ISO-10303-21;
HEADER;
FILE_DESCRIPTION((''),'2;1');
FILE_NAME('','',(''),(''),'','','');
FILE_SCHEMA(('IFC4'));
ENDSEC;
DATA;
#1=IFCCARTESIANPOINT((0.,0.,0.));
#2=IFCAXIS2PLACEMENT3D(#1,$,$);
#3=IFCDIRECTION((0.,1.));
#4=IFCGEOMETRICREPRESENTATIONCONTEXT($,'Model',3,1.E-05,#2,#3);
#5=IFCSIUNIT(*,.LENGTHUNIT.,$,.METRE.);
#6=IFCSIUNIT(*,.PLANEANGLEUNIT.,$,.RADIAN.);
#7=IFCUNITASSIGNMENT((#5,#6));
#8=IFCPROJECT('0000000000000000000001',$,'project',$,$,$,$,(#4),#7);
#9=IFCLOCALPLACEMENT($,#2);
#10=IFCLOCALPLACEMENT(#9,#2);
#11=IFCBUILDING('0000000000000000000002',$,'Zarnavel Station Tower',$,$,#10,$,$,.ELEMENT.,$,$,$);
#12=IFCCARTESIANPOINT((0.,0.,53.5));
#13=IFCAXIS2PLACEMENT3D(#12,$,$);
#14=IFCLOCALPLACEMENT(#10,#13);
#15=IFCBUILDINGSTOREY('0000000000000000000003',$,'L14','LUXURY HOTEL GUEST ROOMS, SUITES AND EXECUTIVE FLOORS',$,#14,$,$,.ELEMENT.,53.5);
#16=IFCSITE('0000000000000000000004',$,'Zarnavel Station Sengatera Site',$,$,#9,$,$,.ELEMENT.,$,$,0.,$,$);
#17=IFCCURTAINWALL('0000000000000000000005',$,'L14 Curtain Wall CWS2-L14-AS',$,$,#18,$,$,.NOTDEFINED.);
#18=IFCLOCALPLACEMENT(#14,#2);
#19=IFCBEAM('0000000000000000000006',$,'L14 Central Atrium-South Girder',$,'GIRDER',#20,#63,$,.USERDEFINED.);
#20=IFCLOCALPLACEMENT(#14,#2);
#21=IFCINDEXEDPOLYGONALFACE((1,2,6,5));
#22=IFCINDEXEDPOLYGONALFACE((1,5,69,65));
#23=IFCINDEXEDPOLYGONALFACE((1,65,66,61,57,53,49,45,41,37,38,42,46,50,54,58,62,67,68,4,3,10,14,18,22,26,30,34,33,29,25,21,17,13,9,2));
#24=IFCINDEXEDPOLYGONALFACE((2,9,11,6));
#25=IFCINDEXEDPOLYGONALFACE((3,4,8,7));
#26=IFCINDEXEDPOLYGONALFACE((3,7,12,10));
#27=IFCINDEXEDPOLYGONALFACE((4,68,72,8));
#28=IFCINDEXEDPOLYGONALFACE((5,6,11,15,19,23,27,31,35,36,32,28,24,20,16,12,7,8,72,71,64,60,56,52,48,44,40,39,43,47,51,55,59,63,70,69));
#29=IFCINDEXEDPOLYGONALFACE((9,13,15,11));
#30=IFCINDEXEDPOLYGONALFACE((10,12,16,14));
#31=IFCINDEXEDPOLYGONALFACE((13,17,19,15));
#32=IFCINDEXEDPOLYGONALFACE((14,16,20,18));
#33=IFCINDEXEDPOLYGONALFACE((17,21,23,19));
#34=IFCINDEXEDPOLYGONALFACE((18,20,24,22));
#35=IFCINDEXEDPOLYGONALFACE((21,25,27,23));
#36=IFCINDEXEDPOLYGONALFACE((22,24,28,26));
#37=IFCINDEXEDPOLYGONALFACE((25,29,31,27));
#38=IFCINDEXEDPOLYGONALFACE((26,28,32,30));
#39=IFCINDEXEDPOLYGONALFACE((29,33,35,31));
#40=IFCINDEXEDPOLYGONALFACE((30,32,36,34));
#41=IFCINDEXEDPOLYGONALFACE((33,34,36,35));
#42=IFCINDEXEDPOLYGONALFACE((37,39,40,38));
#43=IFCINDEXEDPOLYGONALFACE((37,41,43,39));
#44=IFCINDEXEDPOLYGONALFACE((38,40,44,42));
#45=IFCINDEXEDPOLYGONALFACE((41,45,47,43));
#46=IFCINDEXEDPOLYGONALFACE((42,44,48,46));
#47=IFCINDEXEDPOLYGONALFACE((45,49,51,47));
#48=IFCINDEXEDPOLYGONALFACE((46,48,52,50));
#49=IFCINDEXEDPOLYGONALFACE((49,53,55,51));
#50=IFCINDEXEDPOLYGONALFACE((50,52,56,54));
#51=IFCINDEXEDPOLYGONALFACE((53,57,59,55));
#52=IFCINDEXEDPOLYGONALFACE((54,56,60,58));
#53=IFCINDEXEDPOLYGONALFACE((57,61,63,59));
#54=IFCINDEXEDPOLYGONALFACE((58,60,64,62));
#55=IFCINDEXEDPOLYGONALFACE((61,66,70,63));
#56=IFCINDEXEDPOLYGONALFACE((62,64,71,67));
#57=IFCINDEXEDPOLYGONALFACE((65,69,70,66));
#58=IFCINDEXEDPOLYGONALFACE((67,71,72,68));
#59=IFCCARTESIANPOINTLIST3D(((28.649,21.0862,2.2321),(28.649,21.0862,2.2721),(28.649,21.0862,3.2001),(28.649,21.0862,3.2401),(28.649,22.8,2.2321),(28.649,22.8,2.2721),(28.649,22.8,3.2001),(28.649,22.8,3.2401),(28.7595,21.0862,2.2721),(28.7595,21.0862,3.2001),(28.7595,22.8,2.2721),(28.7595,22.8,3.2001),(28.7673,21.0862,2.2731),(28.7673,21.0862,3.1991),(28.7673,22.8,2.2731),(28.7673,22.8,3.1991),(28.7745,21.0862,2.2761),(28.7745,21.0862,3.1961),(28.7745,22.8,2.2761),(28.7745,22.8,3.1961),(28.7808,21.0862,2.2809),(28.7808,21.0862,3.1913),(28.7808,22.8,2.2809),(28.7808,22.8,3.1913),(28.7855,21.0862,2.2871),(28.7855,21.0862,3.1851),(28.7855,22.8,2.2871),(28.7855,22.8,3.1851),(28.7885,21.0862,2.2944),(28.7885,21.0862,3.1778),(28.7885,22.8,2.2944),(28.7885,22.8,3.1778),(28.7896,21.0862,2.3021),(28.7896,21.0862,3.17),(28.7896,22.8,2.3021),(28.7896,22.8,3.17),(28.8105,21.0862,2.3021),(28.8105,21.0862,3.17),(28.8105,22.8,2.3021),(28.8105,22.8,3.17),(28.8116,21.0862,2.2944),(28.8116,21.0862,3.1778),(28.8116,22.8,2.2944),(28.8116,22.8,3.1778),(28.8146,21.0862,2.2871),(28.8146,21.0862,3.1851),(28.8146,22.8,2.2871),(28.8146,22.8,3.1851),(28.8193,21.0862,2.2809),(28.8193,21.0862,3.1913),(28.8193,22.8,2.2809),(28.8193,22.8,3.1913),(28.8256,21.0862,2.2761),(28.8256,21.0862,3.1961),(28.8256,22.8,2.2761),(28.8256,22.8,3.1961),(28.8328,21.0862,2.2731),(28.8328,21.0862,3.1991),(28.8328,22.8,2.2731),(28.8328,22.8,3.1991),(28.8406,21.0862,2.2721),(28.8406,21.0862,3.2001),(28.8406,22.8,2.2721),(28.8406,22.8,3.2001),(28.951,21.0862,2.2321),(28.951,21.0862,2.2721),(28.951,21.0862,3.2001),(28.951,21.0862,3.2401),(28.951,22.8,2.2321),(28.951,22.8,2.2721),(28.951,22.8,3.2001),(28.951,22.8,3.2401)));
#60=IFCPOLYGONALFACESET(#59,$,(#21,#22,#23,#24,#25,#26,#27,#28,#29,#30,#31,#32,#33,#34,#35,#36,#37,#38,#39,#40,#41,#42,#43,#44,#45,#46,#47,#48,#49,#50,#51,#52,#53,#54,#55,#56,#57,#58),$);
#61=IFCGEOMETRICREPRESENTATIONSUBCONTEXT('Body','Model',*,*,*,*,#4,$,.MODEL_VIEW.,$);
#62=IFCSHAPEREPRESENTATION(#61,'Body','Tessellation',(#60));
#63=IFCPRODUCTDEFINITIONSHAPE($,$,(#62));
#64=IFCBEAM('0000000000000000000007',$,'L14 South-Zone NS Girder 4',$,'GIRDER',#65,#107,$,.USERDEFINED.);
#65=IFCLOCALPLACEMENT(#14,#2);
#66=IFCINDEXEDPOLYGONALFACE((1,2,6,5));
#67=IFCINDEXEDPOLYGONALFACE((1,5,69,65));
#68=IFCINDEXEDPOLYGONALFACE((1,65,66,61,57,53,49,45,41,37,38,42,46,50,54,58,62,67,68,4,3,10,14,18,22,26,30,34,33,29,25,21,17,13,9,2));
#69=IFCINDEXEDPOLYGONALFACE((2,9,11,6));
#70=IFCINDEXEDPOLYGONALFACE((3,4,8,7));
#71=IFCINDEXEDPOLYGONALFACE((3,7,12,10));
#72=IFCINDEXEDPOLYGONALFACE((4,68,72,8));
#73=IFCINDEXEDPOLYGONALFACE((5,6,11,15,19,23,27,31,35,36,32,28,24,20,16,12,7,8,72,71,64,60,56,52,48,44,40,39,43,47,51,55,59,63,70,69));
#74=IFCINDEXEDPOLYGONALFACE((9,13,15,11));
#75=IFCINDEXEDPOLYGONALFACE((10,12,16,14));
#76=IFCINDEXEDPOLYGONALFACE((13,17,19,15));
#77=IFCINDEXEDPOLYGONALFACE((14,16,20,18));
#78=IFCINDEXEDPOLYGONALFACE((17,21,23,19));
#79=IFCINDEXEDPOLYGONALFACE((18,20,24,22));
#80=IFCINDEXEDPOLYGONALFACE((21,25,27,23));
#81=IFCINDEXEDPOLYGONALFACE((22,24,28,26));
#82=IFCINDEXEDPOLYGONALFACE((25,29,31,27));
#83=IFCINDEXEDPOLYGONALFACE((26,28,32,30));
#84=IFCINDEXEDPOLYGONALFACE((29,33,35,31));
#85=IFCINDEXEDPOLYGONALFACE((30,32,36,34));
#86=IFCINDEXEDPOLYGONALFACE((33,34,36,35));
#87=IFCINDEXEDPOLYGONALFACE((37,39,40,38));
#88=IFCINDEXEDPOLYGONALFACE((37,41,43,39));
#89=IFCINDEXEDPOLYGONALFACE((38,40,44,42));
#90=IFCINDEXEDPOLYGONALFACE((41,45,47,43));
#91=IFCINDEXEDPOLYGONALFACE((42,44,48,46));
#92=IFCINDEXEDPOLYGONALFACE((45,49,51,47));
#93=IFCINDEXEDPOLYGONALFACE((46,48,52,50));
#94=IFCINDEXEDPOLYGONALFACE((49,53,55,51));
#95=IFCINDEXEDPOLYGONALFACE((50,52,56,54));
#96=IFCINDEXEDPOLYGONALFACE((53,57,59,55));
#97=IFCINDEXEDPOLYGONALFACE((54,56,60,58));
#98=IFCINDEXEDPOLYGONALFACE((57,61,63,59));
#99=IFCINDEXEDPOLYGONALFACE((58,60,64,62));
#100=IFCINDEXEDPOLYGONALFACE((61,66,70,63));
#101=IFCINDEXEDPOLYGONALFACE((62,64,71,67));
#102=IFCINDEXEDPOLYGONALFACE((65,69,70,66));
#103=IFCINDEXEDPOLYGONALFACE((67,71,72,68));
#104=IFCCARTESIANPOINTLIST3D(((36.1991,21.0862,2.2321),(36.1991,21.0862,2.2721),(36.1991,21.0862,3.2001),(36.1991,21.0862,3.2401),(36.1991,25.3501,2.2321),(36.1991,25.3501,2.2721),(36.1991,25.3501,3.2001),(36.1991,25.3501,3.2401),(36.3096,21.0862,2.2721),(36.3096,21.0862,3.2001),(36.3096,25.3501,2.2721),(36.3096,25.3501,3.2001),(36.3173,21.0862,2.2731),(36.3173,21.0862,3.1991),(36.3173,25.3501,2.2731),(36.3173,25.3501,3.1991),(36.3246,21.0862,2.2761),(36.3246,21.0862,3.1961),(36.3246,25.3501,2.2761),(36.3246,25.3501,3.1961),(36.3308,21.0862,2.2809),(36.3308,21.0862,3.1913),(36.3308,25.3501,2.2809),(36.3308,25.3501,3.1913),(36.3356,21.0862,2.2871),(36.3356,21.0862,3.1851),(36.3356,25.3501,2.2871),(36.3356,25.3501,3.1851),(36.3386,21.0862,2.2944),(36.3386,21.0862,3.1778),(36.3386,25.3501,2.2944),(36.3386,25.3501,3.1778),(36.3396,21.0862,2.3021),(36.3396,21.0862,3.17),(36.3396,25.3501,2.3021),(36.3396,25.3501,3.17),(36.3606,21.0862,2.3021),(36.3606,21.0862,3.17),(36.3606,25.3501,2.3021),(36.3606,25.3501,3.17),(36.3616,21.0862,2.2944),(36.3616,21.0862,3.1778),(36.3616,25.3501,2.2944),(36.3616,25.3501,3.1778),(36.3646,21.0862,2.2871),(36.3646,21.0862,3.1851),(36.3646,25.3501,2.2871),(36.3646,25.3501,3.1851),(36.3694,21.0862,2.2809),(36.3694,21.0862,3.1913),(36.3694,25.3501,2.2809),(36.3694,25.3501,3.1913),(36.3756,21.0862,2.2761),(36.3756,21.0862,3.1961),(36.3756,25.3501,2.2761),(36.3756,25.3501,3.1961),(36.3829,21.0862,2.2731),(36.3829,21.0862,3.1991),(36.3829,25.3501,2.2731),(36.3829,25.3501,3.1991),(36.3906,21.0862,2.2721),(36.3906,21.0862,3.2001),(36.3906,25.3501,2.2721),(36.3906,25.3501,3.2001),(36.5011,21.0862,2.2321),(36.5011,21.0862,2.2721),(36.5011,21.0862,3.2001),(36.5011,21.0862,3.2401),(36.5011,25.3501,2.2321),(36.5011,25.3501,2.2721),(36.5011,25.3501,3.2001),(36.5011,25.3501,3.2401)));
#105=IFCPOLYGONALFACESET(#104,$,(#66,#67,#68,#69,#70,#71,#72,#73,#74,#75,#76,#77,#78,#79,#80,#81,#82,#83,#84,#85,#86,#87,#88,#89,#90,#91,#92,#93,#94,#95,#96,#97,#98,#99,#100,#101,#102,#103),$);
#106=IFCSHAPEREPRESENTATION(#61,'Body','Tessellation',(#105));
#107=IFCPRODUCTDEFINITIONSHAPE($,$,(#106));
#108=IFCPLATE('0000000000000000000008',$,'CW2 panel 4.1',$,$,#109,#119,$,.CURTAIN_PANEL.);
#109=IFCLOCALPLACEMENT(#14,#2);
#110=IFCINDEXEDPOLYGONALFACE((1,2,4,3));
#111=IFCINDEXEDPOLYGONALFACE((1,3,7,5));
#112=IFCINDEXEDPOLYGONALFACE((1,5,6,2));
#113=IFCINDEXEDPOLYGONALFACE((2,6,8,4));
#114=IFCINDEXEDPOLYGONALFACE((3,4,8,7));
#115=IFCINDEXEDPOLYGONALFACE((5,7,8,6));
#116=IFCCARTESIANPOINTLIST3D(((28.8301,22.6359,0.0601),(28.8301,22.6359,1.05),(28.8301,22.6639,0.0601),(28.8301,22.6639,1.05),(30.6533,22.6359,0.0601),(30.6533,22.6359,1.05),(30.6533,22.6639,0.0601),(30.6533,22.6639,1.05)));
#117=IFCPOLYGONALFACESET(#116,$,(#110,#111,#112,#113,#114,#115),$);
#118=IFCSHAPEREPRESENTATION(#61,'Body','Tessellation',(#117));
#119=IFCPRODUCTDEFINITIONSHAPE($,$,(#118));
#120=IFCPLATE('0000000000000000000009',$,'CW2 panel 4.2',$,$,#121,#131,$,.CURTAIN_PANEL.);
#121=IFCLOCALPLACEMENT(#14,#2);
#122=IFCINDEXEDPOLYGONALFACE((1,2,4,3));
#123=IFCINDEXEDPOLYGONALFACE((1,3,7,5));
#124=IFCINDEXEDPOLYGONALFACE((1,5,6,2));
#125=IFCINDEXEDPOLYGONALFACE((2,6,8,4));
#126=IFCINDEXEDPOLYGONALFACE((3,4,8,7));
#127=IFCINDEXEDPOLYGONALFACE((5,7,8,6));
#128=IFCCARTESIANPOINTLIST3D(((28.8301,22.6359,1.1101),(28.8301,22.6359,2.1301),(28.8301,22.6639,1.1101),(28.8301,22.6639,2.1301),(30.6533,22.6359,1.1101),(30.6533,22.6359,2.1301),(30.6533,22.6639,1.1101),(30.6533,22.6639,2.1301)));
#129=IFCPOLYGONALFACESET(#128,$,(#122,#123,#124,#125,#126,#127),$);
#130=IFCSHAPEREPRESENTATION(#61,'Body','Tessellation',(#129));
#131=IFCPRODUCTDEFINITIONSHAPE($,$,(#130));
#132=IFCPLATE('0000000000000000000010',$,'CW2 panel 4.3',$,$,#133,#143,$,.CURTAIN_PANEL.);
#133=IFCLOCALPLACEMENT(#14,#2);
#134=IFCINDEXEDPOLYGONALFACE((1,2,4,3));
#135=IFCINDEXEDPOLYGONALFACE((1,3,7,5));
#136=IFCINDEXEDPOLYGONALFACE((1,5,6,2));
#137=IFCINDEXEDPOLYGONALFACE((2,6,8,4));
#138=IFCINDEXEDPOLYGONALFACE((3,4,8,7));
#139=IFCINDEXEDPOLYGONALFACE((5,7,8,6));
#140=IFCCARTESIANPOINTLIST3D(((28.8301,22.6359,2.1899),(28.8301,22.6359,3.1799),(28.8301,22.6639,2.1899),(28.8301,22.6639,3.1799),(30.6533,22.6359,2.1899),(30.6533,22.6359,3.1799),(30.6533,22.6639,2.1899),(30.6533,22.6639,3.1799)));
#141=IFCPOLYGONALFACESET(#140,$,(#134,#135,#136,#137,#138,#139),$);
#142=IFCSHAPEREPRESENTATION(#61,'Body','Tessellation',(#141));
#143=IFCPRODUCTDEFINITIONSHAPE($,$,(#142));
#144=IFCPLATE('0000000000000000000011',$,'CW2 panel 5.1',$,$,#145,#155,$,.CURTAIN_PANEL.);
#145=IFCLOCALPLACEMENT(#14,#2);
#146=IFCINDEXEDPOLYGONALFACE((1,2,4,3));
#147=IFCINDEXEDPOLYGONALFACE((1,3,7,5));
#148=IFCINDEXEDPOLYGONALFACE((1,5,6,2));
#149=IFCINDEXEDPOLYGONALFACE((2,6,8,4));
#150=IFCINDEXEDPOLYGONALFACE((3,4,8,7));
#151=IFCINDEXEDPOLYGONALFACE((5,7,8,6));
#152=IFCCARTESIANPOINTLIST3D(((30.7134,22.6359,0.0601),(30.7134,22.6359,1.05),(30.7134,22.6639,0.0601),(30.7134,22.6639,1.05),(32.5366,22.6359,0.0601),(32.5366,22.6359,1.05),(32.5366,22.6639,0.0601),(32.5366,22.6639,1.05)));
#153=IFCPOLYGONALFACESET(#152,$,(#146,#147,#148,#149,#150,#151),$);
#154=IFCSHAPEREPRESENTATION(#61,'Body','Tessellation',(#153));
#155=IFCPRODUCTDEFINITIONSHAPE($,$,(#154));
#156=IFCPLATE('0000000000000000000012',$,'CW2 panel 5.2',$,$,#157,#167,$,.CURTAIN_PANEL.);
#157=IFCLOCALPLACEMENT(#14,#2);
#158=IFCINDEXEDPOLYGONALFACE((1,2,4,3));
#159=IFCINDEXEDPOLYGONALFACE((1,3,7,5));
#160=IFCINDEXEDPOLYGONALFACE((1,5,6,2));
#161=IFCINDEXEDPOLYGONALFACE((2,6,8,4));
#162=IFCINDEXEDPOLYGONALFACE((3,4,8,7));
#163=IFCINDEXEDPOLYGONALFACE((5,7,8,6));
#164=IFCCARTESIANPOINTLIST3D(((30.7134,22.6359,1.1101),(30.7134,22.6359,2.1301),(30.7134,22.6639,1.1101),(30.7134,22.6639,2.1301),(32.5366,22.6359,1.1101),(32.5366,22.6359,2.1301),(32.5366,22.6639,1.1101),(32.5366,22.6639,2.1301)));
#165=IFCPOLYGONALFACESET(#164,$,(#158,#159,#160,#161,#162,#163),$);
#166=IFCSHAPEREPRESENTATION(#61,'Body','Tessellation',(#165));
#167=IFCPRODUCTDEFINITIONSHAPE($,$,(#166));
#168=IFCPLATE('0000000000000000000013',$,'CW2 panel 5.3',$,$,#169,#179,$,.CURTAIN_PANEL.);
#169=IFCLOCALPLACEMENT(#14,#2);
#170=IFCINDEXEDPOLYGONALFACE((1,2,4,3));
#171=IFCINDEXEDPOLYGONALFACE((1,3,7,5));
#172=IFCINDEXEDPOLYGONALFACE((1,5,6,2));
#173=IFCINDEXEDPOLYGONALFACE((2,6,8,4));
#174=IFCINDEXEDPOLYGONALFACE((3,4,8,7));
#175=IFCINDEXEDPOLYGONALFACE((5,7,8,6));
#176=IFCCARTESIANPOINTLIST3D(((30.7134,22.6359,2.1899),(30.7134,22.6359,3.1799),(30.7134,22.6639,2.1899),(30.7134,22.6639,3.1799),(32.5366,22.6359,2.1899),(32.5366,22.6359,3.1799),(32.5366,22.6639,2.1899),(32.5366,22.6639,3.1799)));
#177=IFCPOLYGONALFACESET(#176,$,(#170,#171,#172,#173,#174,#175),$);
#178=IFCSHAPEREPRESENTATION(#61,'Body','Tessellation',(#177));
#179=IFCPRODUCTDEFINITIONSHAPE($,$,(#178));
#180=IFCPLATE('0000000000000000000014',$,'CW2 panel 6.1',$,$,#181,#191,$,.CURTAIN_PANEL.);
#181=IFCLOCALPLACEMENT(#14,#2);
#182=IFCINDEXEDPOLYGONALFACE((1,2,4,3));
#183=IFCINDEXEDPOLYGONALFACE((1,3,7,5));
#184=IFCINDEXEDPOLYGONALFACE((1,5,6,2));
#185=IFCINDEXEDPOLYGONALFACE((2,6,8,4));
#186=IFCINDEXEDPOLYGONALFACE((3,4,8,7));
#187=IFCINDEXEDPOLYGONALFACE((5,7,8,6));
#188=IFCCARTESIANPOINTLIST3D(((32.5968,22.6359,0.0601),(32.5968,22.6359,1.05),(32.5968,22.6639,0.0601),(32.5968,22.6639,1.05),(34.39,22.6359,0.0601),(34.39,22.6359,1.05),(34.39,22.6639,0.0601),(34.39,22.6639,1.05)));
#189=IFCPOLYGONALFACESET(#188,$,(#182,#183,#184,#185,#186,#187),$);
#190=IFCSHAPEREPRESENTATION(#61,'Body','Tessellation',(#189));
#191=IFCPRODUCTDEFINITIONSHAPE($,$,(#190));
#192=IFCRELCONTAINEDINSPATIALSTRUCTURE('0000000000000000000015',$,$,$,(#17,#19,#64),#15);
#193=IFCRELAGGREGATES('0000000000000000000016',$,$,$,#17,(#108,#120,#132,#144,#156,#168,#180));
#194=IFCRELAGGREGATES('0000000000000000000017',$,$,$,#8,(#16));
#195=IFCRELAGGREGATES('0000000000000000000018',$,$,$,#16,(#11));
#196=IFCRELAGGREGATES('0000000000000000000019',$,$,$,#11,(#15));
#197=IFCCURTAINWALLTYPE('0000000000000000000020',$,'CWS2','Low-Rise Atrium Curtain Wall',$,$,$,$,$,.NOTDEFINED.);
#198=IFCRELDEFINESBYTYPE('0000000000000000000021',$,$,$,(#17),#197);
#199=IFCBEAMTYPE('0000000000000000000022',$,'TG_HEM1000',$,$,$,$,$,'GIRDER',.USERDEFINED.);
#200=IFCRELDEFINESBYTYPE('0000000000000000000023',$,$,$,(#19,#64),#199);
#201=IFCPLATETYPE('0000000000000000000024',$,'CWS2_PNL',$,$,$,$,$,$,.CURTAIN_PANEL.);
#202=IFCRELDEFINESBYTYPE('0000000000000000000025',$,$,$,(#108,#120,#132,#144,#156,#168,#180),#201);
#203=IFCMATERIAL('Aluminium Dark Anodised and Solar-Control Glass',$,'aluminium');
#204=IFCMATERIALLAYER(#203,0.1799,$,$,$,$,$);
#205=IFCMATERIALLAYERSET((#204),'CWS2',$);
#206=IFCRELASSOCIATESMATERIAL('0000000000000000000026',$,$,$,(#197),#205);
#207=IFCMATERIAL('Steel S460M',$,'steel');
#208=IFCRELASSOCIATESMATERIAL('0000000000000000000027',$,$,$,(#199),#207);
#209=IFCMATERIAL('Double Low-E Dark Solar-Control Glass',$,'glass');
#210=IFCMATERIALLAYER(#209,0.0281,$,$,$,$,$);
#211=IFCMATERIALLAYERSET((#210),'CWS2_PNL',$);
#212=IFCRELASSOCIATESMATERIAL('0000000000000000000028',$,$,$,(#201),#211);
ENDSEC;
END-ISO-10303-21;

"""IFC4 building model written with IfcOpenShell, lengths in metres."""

from ifc_helpers import new_model, si_unit, direction, frame, origin, origin_2d, place, context, subcontext, project, spatial, rectangle, i_section, extrude, material, layer, layer_set, material_profile, profile_set, type_object, element, aggregate, save


model = new_model("IFC4")

# Units and contexts
model_context = context("Model", 3, precision=1e-05, world=origin(), true_north=direction((0.0, 1.0)))
body_context = subcontext(model_context, "Body", "Model", "MODEL_VIEW")
ifc_project = project(units=[si_unit("LENGTHUNIT", "METRE"), si_unit("PLANEANGLEUNIT", "RADIAN")], contexts=[model_context])

# Site, building, storey
site_placement = place(None, origin())
site = spatial("IfcSite", under=ifc_project, at=site_placement, Name="Zarnavel Station Sengatera Site", CompositionType="ELEMENT", RefElevation=0.0)
building_placement = place(site_placement, origin())
building = spatial("IfcBuilding", under=site, at=building_placement, Name="Zarnavel Station Tower", CompositionType="ELEMENT")
storey_placement = place(building_placement, frame((0.0, 0.0, 53.5)))
storey = spatial("IfcBuildingStorey", under=building, at=storey_placement, Name="L14", Description="LUXURY HOTEL GUEST ROOMS, SUITES AND EXECUTIVE FLOORS", CompositionType="ELEMENT", Elevation=53.5)

# Curtain wall
ifc_material_1 = material(Name="Aluminium Dark Anodised and Solar-Control Glass", Category="aluminium")
ifc_layer_1 = layer(ifc_material_1, 0.1799)
ifc_layer_set_1 = layer_set([ifc_layer_1], Name="CWS2")
curtain_wall_type = type_object("IfcCurtainWallType", Name="CWS2", Description="Low-Rise Atrium Curtain Wall", PredefinedType="NOTDEFINED", material=ifc_layer_set_1)
curtain_wall_placement = place(storey_placement, origin())
curtain_wall = element("IfcCurtainWall", 1, at=curtain_wall_placement, inside=storey, type_object=curtain_wall_type, Name="L14 Curtain Wall CWS2-L14-AS", PredefinedType="NOTDEFINED")

# Beams
ifc_material_2 = material(Name="Steel S460M", Category="steel")
ifc_material_profile_1 = material_profile(ifc_material_2, i_section(OverallWidth=0.302, OverallDepth=1.0081, WebThickness=0.021, FlangeThickness=0.04, FilletRadius=0.03, at=origin_2d()), Name="HEM1000")
ifc_profile_set_1 = profile_set([ifc_material_profile_1], Name="Steel S460M")
beam_type_1 = type_object("IfcBeamType", Name="TG_HEM1000", ElementType="GIRDER", PredefinedType="USERDEFINED", material=ifc_profile_set_1)
beam_1_placement = place(storey_placement, frame((28.8, 21.0862, 2.7361), z_axis=(0.0, 1.0, 0.0), x_axis=(-1.0, 0.0, 0.0)))
element("IfcBeam", 2, at=beam_1_placement, inside=storey, type_object=beam_type_1, Name="L14 Central Atrium-South Girder", ObjectType="GIRDER", PredefinedType="USERDEFINED", context=body_context, shape_type="SweptSolid", body=[
    extrude(i_section(OverallWidth=0.302, OverallDepth=1.0081, WebThickness=0.021, FlangeThickness=0.04, FilletRadius=0.03, at=origin_2d()), origin(), (0.0, 0.0, 1.0), 1.7139),
])
beam_2_placement = place(storey_placement, frame((36.3501, 21.0862, 2.7361), z_axis=(0.0, 1.0, 0.0), x_axis=(-1.0, 0.0, 0.0)))
element("IfcBeam", 3, at=beam_2_placement, inside=storey, type_object=beam_type_1, Name="L14 South-Zone NS Girder 4", ObjectType="GIRDER", PredefinedType="USERDEFINED", context=body_context, shape_type="SweptSolid", body=[
    extrude(i_section(OverallWidth=0.302, OverallDepth=1.0081, WebThickness=0.021, FlangeThickness=0.04, FilletRadius=0.03, at=origin_2d()), origin(), (0.0, 0.0, 1.0), 4.2639),
])

# Plates
ifc_material_3 = material(Name="Double Low-E Dark Solar-Control Glass", Category="glass")
ifc_layer_2 = layer(ifc_material_3, 0.0281)
ifc_layer_set_2 = layer_set([ifc_layer_2], Name="CWS2_PNL")
plate_type_1 = type_object("IfcPlateType", Name="CWS2_PNL", PredefinedType="CURTAIN_PANEL", material=ifc_layer_set_2)
plate_1_placement = place(storey_placement, frame((29.7417, 22.6499, 0.0601), z_axis=(0.0, 0.0, 1.0), x_axis=(1.0, 0.0, 0.0)))
plate_1 = element("IfcPlate", 4, at=plate_1_placement, type_object=plate_type_1, Name="CW2 panel 4.1", PredefinedType="CURTAIN_PANEL", context=body_context, shape_type="SweptSolid", body=[
    extrude(rectangle(XDim=1.8232, YDim=0.0281, at=origin_2d()), origin(), (0.0, 0.0, 1.0), 0.99),
])
plate_2_placement = place(storey_placement, frame((29.7417, 22.6499, 1.1101), z_axis=(0.0, 0.0, 1.0), x_axis=(1.0, 0.0, 0.0)))
plate_2 = element("IfcPlate", 5, at=plate_2_placement, type_object=plate_type_1, Name="CW2 panel 4.2", PredefinedType="CURTAIN_PANEL", context=body_context, shape_type="SweptSolid", body=[
    extrude(rectangle(XDim=1.8232, YDim=0.0281, at=origin_2d()), origin(), (0.0, 0.0, 1.0), 1.02),
])
plate_3_placement = place(storey_placement, frame((29.7417, 22.6499, 2.1899), z_axis=(0.0, 0.0, 1.0), x_axis=(1.0, 0.0, 0.0)))
plate_3 = element("IfcPlate", 6, at=plate_3_placement, type_object=plate_type_1, Name="CW2 panel 4.3", PredefinedType="CURTAIN_PANEL", context=body_context, shape_type="SweptSolid", body=[
    extrude(rectangle(XDim=1.8232, YDim=0.0281, at=origin_2d()), origin(), (0.0, 0.0, 1.0), 0.99),
])
plate_4_placement = place(storey_placement, frame((31.625, 22.6499, 0.0601), z_axis=(0.0, 0.0, 1.0), x_axis=(1.0, 0.0, 0.0)))
plate_4 = element("IfcPlate", 7, at=plate_4_placement, type_object=plate_type_1, Name="CW2 panel 5.1", PredefinedType="CURTAIN_PANEL", context=body_context, shape_type="SweptSolid", body=[
    extrude(rectangle(XDim=1.8232, YDim=0.0281, at=origin_2d()), origin(), (0.0, 0.0, 1.0), 0.99),
])
plate_5_placement = place(storey_placement, frame((31.625, 22.6499, 1.1101), z_axis=(0.0, 0.0, 1.0), x_axis=(1.0, 0.0, 0.0)))
plate_5 = element("IfcPlate", 8, at=plate_5_placement, type_object=plate_type_1, Name="CW2 panel 5.2", PredefinedType="CURTAIN_PANEL", context=body_context, shape_type="SweptSolid", body=[
    extrude(rectangle(XDim=1.8232, YDim=0.0281, at=origin_2d()), origin(), (0.0, 0.0, 1.0), 1.02),
])
plate_6_placement = place(storey_placement, frame((31.625, 22.6499, 2.1899), z_axis=(0.0, 0.0, 1.0), x_axis=(1.0, 0.0, 0.0)))
plate_6 = element("IfcPlate", 9, at=plate_6_placement, type_object=plate_type_1, Name="CW2 panel 5.3", PredefinedType="CURTAIN_PANEL", context=body_context, shape_type="SweptSolid", body=[
    extrude(rectangle(XDim=1.8232, YDim=0.0281, at=origin_2d()), origin(), (0.0, 0.0, 1.0), 0.99),
])
plate_7_placement = place(storey_placement, frame((33.4934, 22.6499, 0.0601), z_axis=(0.0, 0.0, 1.0), x_axis=(1.0, 0.0, 0.0)))
plate_7 = element("IfcPlate", 10, at=plate_7_placement, type_object=plate_type_1, Name="CW2 panel 6.1", PredefinedType="CURTAIN_PANEL", context=body_context, shape_type="SweptSolid", body=[
    extrude(rectangle(XDim=1.7932, YDim=0.0281, at=origin_2d()), origin(), (0.0, 0.0, 1.0), 0.99),
])
aggregate(curtain_wall, [plate_1, plate_2, plate_3, plate_4, plate_5, plate_6, plate_7])

save(model, "model.ifc")
